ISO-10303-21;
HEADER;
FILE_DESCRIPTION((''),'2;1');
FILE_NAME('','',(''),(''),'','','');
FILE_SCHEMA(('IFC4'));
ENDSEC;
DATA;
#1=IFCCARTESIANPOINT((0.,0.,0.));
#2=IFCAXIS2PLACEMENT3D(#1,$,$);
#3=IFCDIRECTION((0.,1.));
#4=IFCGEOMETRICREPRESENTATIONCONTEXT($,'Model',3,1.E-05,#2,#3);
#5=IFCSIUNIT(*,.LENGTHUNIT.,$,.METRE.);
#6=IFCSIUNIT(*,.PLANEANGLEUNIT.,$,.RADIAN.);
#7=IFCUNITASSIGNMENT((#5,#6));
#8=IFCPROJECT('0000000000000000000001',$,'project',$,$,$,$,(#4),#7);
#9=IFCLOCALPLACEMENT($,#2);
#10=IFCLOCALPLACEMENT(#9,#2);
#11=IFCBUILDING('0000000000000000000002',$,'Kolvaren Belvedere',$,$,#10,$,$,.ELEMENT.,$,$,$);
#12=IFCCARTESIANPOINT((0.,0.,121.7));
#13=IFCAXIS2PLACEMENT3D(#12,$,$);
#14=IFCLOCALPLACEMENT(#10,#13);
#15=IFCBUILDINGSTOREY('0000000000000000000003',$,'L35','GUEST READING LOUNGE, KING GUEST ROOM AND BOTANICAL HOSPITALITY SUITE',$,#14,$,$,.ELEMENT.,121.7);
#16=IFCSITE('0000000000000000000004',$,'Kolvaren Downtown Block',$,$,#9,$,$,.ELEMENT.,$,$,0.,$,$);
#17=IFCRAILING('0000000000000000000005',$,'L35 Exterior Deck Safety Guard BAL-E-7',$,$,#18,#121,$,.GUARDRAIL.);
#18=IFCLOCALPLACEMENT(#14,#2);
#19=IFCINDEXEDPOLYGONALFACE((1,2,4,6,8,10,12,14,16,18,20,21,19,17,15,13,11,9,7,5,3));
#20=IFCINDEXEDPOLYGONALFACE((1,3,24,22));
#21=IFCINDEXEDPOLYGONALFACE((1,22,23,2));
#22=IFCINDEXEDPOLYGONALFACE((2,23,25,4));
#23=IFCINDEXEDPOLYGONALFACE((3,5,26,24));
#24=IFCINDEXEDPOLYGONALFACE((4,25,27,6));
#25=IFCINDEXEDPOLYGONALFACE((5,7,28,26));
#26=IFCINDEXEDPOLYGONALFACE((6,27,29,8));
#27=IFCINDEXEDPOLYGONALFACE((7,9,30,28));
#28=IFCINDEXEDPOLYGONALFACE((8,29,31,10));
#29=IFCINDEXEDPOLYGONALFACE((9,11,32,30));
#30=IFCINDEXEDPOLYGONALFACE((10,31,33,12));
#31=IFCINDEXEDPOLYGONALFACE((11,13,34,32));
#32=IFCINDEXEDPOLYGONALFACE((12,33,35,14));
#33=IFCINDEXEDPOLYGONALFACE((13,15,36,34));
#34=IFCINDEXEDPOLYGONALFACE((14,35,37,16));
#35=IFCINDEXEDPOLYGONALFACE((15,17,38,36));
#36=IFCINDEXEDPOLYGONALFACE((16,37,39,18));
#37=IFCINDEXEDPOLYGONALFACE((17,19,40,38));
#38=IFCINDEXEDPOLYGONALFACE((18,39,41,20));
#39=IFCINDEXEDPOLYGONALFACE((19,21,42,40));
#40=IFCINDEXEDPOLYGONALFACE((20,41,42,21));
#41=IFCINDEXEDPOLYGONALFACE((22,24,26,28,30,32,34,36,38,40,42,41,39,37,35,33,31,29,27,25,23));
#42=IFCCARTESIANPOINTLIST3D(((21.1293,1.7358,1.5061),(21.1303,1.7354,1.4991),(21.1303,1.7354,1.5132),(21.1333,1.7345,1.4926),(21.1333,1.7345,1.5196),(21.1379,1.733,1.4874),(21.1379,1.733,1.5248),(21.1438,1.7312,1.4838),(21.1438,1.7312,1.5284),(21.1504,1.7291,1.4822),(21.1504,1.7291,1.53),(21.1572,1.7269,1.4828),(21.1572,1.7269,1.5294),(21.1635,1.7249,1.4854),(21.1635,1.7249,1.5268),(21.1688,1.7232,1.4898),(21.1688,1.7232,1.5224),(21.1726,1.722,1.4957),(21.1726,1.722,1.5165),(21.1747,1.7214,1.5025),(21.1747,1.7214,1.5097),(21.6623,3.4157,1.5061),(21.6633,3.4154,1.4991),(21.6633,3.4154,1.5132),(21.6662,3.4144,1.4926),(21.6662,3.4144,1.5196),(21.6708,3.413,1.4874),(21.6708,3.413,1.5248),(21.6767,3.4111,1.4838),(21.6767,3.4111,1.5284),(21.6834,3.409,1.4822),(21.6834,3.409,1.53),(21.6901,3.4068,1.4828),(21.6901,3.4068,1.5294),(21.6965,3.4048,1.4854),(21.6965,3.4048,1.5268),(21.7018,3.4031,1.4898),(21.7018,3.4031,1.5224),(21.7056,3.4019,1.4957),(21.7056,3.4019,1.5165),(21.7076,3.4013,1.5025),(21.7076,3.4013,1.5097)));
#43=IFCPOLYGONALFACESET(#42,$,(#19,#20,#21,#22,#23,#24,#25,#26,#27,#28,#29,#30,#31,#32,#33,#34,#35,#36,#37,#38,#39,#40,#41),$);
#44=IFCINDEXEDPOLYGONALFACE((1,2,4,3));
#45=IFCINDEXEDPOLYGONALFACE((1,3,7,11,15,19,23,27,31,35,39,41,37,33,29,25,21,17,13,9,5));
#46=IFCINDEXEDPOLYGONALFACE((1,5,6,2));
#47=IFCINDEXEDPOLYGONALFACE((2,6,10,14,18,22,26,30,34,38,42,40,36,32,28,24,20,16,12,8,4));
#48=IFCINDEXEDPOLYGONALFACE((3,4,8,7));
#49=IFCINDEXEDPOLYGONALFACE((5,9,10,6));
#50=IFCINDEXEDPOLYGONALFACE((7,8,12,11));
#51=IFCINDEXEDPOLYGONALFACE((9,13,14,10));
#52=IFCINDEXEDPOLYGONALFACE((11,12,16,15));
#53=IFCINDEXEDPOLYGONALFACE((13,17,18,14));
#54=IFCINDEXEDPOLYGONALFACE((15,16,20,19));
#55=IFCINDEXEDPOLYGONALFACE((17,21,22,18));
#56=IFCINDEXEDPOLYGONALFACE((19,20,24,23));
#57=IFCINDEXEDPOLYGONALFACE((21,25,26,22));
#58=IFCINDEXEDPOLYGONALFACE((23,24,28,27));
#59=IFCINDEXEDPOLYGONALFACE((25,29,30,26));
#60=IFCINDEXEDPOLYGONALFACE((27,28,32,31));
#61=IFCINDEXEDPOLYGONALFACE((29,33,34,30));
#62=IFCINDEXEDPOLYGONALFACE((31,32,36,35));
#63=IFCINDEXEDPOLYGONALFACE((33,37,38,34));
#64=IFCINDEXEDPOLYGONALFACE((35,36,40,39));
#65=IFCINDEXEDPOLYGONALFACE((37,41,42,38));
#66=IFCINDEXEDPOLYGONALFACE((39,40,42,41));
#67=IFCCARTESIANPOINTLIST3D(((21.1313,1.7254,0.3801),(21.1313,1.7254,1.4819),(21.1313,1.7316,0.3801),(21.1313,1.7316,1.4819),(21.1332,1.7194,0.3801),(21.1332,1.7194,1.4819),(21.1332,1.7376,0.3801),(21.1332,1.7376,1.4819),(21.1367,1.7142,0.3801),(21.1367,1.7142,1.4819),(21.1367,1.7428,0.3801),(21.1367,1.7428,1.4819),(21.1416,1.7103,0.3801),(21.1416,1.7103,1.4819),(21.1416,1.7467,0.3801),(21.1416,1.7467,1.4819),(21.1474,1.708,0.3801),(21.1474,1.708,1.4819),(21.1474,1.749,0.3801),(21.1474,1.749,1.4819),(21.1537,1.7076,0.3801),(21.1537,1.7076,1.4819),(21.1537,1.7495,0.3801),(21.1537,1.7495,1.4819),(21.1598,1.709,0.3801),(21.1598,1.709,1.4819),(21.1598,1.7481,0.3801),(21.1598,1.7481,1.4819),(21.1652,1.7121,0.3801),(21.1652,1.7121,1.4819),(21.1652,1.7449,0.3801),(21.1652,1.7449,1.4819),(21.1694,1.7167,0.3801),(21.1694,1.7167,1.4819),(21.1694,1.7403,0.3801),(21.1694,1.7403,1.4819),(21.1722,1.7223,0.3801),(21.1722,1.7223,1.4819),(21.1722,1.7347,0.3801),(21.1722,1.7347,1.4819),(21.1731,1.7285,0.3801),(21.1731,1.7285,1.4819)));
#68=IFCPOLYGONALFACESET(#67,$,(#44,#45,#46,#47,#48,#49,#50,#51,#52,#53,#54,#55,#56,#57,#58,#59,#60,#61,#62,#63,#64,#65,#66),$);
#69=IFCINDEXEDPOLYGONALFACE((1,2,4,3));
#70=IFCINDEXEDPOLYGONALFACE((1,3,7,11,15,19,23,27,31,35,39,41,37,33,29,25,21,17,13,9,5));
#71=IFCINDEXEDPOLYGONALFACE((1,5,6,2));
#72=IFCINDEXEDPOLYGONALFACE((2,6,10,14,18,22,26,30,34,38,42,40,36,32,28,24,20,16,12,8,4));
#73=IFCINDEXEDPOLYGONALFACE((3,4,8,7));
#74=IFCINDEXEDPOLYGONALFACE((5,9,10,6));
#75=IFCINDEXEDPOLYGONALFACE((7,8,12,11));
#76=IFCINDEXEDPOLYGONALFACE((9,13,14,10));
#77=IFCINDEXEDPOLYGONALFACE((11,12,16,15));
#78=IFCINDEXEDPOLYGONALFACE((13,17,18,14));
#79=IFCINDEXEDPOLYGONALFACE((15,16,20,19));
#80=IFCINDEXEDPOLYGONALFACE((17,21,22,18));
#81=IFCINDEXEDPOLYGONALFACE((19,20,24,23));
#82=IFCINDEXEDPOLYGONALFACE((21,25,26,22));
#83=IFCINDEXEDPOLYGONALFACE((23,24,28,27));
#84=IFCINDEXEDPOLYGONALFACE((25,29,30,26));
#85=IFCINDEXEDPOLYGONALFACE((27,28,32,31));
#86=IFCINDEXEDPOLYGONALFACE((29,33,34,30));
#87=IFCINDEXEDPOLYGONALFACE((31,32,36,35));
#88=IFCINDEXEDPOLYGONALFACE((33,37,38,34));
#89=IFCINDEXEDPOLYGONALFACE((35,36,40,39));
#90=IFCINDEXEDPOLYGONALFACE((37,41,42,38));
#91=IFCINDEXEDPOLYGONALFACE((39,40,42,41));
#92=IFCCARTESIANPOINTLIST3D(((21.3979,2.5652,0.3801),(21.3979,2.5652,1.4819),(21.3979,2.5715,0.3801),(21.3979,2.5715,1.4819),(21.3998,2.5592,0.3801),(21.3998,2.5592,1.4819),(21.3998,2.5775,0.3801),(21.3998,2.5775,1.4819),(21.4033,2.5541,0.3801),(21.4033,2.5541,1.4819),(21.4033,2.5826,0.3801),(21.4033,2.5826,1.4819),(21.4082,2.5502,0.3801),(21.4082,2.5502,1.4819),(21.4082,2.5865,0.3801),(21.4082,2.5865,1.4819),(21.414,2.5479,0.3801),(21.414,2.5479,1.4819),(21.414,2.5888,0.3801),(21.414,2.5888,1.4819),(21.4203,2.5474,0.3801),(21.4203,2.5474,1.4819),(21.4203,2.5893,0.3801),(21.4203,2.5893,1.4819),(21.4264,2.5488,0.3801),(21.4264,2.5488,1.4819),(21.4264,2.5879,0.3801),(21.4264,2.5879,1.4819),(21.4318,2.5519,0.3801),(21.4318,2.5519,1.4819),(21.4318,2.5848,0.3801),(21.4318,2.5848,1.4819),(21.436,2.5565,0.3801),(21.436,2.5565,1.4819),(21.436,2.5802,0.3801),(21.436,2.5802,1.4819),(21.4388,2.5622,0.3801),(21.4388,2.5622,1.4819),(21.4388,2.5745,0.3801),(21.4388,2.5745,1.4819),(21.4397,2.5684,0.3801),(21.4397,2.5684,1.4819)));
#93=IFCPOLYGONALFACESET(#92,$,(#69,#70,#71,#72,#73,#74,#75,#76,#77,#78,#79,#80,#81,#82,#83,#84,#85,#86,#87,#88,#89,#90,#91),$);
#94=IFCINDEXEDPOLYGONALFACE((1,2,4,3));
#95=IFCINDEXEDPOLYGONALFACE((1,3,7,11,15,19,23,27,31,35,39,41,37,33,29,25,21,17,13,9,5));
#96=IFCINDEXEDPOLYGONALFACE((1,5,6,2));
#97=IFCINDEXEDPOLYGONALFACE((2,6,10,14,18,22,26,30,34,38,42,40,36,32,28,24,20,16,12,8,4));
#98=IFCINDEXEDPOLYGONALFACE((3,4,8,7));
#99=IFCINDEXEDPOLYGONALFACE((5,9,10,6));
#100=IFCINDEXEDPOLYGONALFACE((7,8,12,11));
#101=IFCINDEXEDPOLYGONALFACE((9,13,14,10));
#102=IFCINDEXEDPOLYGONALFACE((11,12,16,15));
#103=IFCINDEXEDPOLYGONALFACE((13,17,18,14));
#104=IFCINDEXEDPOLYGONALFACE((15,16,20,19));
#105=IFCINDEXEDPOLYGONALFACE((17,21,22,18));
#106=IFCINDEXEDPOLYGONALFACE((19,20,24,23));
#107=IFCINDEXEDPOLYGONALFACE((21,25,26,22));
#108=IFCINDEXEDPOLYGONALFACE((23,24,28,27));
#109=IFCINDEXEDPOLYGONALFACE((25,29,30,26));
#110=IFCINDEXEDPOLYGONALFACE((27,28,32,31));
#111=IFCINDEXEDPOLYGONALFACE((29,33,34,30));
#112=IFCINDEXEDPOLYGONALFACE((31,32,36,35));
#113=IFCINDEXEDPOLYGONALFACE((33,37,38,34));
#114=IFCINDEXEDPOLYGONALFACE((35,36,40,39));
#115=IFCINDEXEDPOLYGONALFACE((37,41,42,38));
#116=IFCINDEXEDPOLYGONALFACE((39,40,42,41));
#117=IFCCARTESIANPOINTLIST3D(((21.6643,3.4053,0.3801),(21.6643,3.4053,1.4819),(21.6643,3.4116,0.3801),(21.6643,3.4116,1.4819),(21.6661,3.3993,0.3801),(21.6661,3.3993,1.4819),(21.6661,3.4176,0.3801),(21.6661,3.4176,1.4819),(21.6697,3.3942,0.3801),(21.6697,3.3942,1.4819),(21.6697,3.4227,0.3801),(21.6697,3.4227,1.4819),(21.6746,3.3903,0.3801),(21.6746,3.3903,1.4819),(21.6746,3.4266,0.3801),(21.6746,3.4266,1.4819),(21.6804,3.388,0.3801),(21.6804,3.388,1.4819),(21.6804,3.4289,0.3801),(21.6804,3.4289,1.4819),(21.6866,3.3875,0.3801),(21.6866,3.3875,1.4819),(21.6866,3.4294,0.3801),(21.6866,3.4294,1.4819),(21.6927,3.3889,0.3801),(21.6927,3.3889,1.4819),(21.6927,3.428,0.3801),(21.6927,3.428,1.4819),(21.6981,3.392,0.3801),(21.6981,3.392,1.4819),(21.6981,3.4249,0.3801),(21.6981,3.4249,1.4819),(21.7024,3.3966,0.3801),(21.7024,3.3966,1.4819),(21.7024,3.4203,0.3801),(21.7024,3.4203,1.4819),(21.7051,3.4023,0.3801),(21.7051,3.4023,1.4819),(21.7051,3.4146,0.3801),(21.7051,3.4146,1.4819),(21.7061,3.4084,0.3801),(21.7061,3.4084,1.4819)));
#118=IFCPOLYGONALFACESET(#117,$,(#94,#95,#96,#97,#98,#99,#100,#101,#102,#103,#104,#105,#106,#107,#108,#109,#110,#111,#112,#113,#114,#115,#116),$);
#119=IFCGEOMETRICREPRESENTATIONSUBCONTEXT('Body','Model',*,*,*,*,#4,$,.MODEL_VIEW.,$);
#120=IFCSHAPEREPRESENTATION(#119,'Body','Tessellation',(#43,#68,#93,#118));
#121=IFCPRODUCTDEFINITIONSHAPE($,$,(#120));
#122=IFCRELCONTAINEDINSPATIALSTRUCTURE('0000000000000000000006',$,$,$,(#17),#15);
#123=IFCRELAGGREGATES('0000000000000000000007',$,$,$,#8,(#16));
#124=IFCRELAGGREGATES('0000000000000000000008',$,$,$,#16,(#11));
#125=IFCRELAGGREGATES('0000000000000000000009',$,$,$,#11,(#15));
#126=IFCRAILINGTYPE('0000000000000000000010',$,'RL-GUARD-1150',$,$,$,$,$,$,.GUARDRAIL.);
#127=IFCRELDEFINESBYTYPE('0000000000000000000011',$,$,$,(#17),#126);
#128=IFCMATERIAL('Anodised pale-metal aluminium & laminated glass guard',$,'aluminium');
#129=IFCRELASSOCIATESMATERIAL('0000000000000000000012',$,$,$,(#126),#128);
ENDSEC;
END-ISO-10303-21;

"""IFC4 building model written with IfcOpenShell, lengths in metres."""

from ifc_helpers import new_model, si_unit, direction, frame, origin, origin_2d, place, context, subcontext, project, spatial, circle, extrude, material, type_object, element, save


model = new_model("IFC4")

# Units and contexts
model_context = context("Model", 3, precision=1e-05, world=origin(), true_north=direction((0.0, 1.0)))
body_context = subcontext(model_context, "Body", "Model", "MODEL_VIEW")
ifc_project = project(units=[si_unit("LENGTHUNIT", "METRE"), si_unit("PLANEANGLEUNIT", "RADIAN")], contexts=[model_context])

# Site, building, storey
site_placement = place(None, origin())
site = spatial("IfcSite", under=ifc_project, at=site_placement, Name="Kolvaren Downtown Block", CompositionType="ELEMENT", RefElevation=0.0)
building_placement = place(site_placement, origin())
building = spatial("IfcBuilding", under=site, at=building_placement, Name="Kolvaren Belvedere", CompositionType="ELEMENT")
storey_placement = place(building_placement, frame((0.0, 0.0, 121.7)))
storey = spatial("IfcBuildingStorey", under=building, at=storey_placement, Name="L35", Description="GUEST READING LOUNGE, KING GUEST ROOM AND BOTANICAL HOSPITALITY SUITE", CompositionType="ELEMENT", Elevation=121.7)

# Railing
ifc_material_1 = material(Name="Anodised pale-metal aluminium & laminated glass guard", Category="aluminium")
railing_type = type_object("IfcRailingType", Name="RL-GUARD-1150", PredefinedType="GUARDRAIL", material=ifc_material_1)
railing_1_placement = place(storey_placement, frame((21.1521, 1.7285, 0.3801)))
element("IfcRailing", 1, at=railing_1_placement, inside=storey, type_object=railing_type, Name="L35 Exterior Deck Safety Guard BAL-E-7", PredefinedType="GUARDRAIL", context=body_context, shape_type="SweptSolid", body=[
    extrude(circle(Radius=0.0239, at=origin_2d()), frame((0.0, 0.0, 1.126), z_axis=(0.302397, 0.953182, 0.0), x_axis=(-0.953182, 0.302397, 0.0)), (0.0, 0.0, 1.0), 1.7625),
    extrude(circle(Radius=0.021, at=origin_2d()), origin(), (0.0, 0.0, 1.0), 1.1018),
    extrude(circle(Radius=0.021, at=origin_2d()), frame((0.2666, 0.8398, 0.0)), (0.0, 0.0, 1.0), 1.1018),
    extrude(circle(Radius=0.021, at=origin_2d()), frame((0.533, 1.6799, 0.0)), (0.0, 0.0, 1.0), 1.1018),
])

save(model, "model.ifc")
